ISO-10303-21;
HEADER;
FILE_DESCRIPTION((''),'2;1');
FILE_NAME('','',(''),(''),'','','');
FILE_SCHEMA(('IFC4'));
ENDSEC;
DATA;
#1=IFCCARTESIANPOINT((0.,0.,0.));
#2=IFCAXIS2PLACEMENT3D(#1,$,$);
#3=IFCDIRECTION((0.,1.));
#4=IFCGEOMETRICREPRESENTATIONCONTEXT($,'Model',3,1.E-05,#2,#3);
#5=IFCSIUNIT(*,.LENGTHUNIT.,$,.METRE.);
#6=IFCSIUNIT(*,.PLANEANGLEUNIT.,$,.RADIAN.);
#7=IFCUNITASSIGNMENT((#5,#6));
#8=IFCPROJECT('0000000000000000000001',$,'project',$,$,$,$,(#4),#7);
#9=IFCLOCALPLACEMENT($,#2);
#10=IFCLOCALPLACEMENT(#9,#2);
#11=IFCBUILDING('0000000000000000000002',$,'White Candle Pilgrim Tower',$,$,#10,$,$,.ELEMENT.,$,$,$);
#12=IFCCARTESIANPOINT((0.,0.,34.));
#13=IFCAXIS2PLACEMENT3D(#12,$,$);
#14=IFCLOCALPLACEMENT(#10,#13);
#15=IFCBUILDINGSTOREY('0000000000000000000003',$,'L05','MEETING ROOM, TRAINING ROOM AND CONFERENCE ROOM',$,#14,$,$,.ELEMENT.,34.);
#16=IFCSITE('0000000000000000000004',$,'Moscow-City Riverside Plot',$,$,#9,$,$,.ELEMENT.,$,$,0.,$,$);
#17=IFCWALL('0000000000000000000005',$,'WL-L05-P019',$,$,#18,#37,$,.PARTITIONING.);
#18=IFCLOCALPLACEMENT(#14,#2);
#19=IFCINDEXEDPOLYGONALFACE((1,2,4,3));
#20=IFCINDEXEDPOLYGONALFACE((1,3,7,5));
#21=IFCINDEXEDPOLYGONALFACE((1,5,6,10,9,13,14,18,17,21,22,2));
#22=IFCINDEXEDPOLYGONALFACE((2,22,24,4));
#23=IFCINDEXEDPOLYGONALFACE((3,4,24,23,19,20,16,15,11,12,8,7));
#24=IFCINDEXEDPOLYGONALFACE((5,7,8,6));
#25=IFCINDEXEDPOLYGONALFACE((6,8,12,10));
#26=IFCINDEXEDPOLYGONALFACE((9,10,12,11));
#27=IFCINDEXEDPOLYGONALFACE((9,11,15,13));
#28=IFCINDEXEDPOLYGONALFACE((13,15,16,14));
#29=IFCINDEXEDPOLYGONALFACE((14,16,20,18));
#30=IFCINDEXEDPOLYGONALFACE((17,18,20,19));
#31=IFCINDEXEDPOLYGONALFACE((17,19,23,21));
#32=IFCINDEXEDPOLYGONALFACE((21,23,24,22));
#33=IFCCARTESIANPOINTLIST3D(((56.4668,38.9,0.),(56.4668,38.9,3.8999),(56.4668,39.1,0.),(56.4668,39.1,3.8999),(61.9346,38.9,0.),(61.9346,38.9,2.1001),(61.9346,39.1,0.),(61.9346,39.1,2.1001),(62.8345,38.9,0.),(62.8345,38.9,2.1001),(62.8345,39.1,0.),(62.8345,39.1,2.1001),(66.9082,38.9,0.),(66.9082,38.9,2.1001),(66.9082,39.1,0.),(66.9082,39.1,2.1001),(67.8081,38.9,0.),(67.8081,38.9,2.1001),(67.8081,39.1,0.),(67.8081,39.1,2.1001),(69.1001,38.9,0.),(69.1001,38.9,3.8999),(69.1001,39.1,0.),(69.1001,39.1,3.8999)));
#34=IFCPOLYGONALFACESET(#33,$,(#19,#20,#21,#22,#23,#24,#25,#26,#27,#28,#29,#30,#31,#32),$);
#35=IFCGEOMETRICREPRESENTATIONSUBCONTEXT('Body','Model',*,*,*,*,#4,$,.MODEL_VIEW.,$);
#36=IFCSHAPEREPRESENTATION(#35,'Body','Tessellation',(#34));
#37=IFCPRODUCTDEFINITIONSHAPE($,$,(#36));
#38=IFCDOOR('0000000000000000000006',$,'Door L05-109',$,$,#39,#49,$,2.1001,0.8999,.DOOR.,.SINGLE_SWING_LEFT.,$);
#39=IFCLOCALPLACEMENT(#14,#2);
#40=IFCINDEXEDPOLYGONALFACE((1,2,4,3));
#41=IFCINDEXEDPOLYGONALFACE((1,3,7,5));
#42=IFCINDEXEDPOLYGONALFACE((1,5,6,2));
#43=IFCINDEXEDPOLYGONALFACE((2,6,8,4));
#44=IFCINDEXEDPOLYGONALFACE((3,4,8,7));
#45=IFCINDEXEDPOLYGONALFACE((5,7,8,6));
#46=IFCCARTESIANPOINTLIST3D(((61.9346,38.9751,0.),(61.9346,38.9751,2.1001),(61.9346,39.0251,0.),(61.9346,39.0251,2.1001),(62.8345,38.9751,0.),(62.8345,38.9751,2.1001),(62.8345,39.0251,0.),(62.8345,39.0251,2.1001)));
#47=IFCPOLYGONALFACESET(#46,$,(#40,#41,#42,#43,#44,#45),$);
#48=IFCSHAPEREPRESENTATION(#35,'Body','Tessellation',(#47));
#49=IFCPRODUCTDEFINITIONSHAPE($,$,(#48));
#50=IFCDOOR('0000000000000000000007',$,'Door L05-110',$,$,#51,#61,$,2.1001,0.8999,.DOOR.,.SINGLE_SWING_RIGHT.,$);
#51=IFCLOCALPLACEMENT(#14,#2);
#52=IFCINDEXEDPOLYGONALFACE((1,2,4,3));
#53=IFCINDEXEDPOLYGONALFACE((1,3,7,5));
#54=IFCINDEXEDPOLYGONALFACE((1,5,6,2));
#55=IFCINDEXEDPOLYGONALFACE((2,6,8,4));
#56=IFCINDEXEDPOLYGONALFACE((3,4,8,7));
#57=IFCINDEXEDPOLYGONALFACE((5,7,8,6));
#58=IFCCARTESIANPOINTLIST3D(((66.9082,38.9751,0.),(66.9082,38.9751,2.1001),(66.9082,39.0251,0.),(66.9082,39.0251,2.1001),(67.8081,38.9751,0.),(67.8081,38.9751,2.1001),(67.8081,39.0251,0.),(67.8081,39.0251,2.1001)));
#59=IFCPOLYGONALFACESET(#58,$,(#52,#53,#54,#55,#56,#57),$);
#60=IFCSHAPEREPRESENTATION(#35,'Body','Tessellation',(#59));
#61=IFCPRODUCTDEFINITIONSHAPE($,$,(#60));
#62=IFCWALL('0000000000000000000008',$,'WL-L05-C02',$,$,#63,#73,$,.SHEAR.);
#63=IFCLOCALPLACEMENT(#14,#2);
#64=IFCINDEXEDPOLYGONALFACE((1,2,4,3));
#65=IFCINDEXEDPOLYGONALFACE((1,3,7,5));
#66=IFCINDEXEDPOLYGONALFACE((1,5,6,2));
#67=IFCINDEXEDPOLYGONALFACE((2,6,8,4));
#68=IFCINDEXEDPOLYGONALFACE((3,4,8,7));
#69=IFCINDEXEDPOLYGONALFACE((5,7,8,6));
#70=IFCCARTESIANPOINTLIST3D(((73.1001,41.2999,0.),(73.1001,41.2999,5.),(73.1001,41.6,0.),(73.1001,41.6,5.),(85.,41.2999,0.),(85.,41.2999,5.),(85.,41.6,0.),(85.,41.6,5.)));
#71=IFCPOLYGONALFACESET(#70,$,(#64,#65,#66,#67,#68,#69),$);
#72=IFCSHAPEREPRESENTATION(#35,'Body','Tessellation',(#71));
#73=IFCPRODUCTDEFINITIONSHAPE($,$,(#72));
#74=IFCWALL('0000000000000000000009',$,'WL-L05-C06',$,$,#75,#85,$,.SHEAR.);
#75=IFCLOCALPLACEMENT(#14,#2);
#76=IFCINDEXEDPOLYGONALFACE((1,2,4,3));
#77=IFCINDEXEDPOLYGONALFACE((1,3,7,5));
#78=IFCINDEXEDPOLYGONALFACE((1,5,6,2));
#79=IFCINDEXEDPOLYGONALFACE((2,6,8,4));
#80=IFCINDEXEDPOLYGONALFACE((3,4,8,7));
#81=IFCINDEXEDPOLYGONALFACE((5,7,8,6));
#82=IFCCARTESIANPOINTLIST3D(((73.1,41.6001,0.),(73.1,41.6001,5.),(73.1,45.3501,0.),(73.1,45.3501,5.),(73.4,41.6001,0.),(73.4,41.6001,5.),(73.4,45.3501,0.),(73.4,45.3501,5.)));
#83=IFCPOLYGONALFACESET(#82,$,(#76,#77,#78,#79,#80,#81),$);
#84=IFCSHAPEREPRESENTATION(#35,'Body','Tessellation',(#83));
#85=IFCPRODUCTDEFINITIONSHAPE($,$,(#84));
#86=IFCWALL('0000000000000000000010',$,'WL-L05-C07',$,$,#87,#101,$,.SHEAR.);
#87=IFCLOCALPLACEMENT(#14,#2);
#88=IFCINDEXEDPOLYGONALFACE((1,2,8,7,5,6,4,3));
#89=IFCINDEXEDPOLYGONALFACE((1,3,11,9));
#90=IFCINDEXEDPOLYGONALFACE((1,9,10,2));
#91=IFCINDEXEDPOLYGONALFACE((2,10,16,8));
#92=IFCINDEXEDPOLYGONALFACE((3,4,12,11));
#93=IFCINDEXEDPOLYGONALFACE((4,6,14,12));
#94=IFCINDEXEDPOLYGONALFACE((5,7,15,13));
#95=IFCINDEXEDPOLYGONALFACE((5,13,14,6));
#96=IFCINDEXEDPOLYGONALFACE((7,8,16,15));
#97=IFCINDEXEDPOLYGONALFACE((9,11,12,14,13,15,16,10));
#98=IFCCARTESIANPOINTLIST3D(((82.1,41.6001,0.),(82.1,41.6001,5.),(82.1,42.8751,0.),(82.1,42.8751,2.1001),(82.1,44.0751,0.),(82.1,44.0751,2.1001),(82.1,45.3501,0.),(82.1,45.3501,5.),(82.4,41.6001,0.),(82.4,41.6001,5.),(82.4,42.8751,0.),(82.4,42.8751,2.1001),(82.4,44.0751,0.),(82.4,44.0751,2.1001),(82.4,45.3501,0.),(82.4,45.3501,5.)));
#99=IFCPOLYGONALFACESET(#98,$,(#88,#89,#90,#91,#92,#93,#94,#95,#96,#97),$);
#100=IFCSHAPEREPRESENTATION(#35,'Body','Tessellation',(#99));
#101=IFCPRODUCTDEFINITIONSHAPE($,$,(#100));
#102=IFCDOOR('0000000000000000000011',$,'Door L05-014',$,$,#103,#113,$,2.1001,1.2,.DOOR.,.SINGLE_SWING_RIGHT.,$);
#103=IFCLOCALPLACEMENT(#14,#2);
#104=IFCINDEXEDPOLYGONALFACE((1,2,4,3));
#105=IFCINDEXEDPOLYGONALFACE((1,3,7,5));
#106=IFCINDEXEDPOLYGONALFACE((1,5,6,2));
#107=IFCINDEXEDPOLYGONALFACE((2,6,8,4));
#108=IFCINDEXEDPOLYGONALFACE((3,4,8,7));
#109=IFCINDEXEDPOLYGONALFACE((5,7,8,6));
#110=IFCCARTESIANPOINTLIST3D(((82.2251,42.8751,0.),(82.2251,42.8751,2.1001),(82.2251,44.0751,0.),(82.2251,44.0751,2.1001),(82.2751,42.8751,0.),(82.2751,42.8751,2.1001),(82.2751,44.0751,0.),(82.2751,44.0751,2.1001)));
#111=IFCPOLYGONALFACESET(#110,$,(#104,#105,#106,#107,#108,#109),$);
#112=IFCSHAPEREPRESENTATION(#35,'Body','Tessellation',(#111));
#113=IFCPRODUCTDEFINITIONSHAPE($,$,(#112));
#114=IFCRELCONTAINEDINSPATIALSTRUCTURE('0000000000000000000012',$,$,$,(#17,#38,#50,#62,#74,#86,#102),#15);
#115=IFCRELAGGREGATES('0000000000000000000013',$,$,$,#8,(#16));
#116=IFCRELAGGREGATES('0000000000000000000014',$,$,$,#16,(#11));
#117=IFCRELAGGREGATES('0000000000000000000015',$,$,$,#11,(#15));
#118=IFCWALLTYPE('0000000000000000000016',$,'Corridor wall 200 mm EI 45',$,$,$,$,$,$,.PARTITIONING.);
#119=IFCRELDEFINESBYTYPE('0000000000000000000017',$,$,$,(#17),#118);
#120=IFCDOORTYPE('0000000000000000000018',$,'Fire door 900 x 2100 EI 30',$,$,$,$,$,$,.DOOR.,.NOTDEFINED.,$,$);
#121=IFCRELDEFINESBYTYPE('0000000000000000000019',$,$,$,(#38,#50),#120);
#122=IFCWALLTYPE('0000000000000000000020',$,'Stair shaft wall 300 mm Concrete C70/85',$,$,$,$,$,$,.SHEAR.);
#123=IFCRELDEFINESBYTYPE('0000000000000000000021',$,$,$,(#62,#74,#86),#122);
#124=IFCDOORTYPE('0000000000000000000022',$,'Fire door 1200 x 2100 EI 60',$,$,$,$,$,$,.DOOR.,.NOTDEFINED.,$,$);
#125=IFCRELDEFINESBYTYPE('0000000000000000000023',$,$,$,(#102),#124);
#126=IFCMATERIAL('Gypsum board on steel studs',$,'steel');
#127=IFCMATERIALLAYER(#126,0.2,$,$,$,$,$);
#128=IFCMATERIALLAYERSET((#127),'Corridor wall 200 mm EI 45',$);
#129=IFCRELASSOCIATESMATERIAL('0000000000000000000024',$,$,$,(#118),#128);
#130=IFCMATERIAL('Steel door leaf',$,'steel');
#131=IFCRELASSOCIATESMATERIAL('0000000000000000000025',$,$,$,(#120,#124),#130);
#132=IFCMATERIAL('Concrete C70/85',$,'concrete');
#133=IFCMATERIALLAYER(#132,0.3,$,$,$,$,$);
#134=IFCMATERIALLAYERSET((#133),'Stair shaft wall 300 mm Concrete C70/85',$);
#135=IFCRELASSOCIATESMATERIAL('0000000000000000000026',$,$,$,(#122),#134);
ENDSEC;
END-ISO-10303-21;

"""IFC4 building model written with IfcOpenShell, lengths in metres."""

from ifc_helpers import new_model, si_unit, direction, frame, frame_2d, origin, place, context, subcontext, project, spatial, rectangle, extrude, material, layer, layer_set, type_object, element, fill, save


model = new_model("IFC4")

# Units and contexts
model_context = context("Model", 3, precision=1e-05, world=origin(), true_north=direction((0.0, 1.0)))
body_context = subcontext(model_context, "Body", "Model", "MODEL_VIEW")
ifc_project = project(units=[si_unit("LENGTHUNIT", "METRE"), si_unit("PLANEANGLEUNIT", "RADIAN")], contexts=[model_context])

# Site, building, storey
site_placement = place(None, origin())
site = spatial("IfcSite", under=ifc_project, at=site_placement, Name="Moscow-City Riverside Plot", CompositionType="ELEMENT", RefElevation=0.0)
building_placement = place(site_placement, origin())
building = spatial("IfcBuilding", under=site, at=building_placement, Name="White Candle Pilgrim Tower", CompositionType="ELEMENT")
storey_placement = place(building_placement, frame((0.0, 0.0, 34.0)))
storey = spatial("IfcBuildingStorey", under=building, at=storey_placement, Name="L05", Description="MEETING ROOM, TRAINING ROOM AND CONFERENCE ROOM", CompositionType="ELEMENT", Elevation=34.0)

# Shared definitions
ifc_material_1 = material(Name="Gypsum board on steel studs", Category="steel")
ifc_layer_1 = layer(ifc_material_1, 0.2)
ifc_layer_set_1 = layer_set([ifc_layer_1], Name="Corridor wall 200 mm EI 45")
wall_type_1 = type_object("IfcWallType", Name="Corridor wall 200 mm EI 45", PredefinedType="PARTITIONING", material=ifc_layer_set_1)
ifc_material_2 = material(Name="Steel door leaf", Category="steel")
door_type_1 = type_object("IfcDoorType", Name="Fire door 900 x 2100 EI 30", OperationType="NOTDEFINED", PredefinedType="DOOR", material=ifc_material_2)

# Wall, openings, doors
wall_1_placement = place(storey_placement, frame((69.1001, 39.0, 0.0), z_axis=(0.0, 0.0, 1.0), x_axis=(-1.0, 0.0, 0.0)))
wall_1 = element("IfcWall", 1, at=wall_1_placement, inside=storey, type_object=wall_type_1, Name="WL-L05-P019", PredefinedType="PARTITIONING", context=body_context, shape_type="SweptSolid", body=[
    extrude(rectangle(XDim=12.6333, YDim=0.2, at=frame_2d((6.3167, 0.0))), origin(), (0.0, 0.0, 1.0), 3.8999),
])
opening_1_placement = place(wall_1_placement, frame((6.2656, 0.0, 0.0)))
opening_1 = element("IfcOpeningElement", 2, at=opening_1_placement, cuts=wall_1, PredefinedType="OPENING", context=body_context, shape_type="SweptSolid", body=[
    extrude(rectangle(XDim=0.8999, YDim=2.1001, at=frame_2d((0.45, 1.05))), frame((0.0, 0.1099, 0.0), z_axis=(0.0, -1.0, 0.0), x_axis=(1.0, 0.0, 0.0)), (0.0, 0.0, 1.0), 0.22),
])
opening_2_placement = place(wall_1_placement, frame((1.292, 0.0, 0.0)))
opening_2 = element("IfcOpeningElement", 3, at=opening_2_placement, cuts=wall_1, PredefinedType="OPENING", context=body_context, shape_type="SweptSolid", body=[
    extrude(rectangle(XDim=0.8999, YDim=2.1001, at=frame_2d((0.45, 1.05))), frame((0.0, 0.1099, 0.0), z_axis=(0.0, -1.0, 0.0), x_axis=(1.0, 0.0, 0.0)), (0.0, 0.0, 1.0), 0.22),
])
door_1_placement = place(opening_1_placement, origin())
door_1 = element("IfcDoor", 4, at=door_1_placement, inside=storey, type_object=door_type_1, Name="Door L05-109", OperationType="SINGLE_SWING_LEFT", OverallHeight=2.1001, OverallWidth=0.8999, PredefinedType="DOOR", context=body_context, shape_type="SweptSolid", body=[
    extrude(rectangle(XDim=0.8999, YDim=2.1001, at=frame_2d((0.45, 1.05))), frame((0.0, 0.0249, 0.0), z_axis=(0.0, -1.0, 0.0), x_axis=(1.0, 0.0, 0.0)), (0.0, 0.0, 1.0), 0.05),
])
fill(opening_1, door_1)
door_2_placement = place(opening_2_placement, origin())
door_2 = element("IfcDoor", 5, at=door_2_placement, inside=storey, type_object=door_type_1, Name="Door L05-110", OperationType="SINGLE_SWING_RIGHT", OverallHeight=2.1001, OverallWidth=0.8999, PredefinedType="DOOR", context=body_context, shape_type="SweptSolid", body=[
    extrude(rectangle(XDim=0.8999, YDim=2.1001, at=frame_2d((0.45, 1.05))), frame((0.0, 0.0249, 0.0), z_axis=(0.0, -1.0, 0.0), x_axis=(1.0, 0.0, 0.0)), (0.0, 0.0, 1.0), 0.05),
])
fill(opening_2, door_2)

# Walls
ifc_material_3 = material(Name="Concrete C70/85", Category="concrete")
ifc_layer_2 = layer(ifc_material_3, 0.3)
ifc_layer_set_2 = layer_set([ifc_layer_2], Name="Stair shaft wall 300 mm Concrete C70/85")
wall_type_2 = type_object("IfcWallType", Name="Stair shaft wall 300 mm Concrete C70/85", PredefinedType="SHEAR", material=ifc_layer_set_2)
wall_2_placement = place(storey_placement, frame((73.1001, 41.45, 0.0), z_axis=(0.0, 0.0, 1.0), x_axis=(1.0, 0.0, 0.0)))
element("IfcWall", 6, at=wall_2_placement, inside=storey, type_object=wall_type_2, Name="WL-L05-C02", PredefinedType="SHEAR", context=body_context, shape_type="SweptSolid", body=[
    extrude(rectangle(XDim=11.8999, YDim=0.3, at=frame_2d((5.95, 0.0))), origin(), (0.0, 0.0, 1.0), 5.0),
])
wall_3_placement = place(storey_placement, frame((73.25, 41.6001, 0.0), z_axis=(0.0, 0.0, 1.0), x_axis=(0.0, 1.0, 0.0)))
element("IfcWall", 7, at=wall_3_placement, inside=storey, type_object=wall_type_2, Name="WL-L05-C06", PredefinedType="SHEAR", context=body_context, shape_type="SweptSolid", body=[
    extrude(rectangle(XDim=3.75, YDim=0.3, at=frame_2d((1.875, 0.0))), origin(), (0.0, 0.0, 1.0), 5.0),
])

# Wall, opening, door
wall_4_placement = place(storey_placement, frame((82.25, 41.6001, 0.0), z_axis=(0.0, 0.0, 1.0), x_axis=(0.0, 1.0, 0.0)))
wall_4 = element("IfcWall", 8, at=wall_4_placement, inside=storey, type_object=wall_type_2, Name="WL-L05-C07", PredefinedType="SHEAR", context=body_context, shape_type="SweptSolid", body=[
    extrude(rectangle(XDim=3.75, YDim=0.3, at=frame_2d((1.875, 0.0))), origin(), (0.0, 0.0, 1.0), 5.0),
])
opening_3_placement = place(wall_4_placement, frame((1.2749, 0.0, 0.0)))
opening_3 = element("IfcOpeningElement", 9, at=opening_3_placement, cuts=wall_4, PredefinedType="OPENING", context=body_context, shape_type="SweptSolid", body=[
    extrude(rectangle(XDim=1.2, YDim=2.1001, at=frame_2d((0.6001, 1.05))), frame((0.0, 0.1599, 0.0), z_axis=(0.0, -1.0, 0.0), x_axis=(1.0, 0.0, 0.0)), (0.0, 0.0, 1.0), 0.3201),
])
door_type_2 = type_object("IfcDoorType", Name="Fire door 1200 x 2100 EI 60", OperationType="NOTDEFINED", PredefinedType="DOOR", material=ifc_material_2)
door_3_placement = place(opening_3_placement, origin())
door_3 = element("IfcDoor", 10, at=door_3_placement, inside=storey, type_object=door_type_2, Name="Door L05-014", OperationType="SINGLE_SWING_RIGHT", OverallHeight=2.1001, OverallWidth=1.2, PredefinedType="DOOR", context=body_context, shape_type="SweptSolid", body=[
    extrude(rectangle(XDim=1.2, YDim=2.1001, at=frame_2d((0.6001, 1.05))), frame((0.0, 0.0249, 0.0), z_axis=(0.0, -1.0, 0.0), x_axis=(1.0, 0.0, 0.0)), (0.0, 0.0, 1.0), 0.05),
])
fill(opening_3, door_3)

save(model, "model.ifc")
